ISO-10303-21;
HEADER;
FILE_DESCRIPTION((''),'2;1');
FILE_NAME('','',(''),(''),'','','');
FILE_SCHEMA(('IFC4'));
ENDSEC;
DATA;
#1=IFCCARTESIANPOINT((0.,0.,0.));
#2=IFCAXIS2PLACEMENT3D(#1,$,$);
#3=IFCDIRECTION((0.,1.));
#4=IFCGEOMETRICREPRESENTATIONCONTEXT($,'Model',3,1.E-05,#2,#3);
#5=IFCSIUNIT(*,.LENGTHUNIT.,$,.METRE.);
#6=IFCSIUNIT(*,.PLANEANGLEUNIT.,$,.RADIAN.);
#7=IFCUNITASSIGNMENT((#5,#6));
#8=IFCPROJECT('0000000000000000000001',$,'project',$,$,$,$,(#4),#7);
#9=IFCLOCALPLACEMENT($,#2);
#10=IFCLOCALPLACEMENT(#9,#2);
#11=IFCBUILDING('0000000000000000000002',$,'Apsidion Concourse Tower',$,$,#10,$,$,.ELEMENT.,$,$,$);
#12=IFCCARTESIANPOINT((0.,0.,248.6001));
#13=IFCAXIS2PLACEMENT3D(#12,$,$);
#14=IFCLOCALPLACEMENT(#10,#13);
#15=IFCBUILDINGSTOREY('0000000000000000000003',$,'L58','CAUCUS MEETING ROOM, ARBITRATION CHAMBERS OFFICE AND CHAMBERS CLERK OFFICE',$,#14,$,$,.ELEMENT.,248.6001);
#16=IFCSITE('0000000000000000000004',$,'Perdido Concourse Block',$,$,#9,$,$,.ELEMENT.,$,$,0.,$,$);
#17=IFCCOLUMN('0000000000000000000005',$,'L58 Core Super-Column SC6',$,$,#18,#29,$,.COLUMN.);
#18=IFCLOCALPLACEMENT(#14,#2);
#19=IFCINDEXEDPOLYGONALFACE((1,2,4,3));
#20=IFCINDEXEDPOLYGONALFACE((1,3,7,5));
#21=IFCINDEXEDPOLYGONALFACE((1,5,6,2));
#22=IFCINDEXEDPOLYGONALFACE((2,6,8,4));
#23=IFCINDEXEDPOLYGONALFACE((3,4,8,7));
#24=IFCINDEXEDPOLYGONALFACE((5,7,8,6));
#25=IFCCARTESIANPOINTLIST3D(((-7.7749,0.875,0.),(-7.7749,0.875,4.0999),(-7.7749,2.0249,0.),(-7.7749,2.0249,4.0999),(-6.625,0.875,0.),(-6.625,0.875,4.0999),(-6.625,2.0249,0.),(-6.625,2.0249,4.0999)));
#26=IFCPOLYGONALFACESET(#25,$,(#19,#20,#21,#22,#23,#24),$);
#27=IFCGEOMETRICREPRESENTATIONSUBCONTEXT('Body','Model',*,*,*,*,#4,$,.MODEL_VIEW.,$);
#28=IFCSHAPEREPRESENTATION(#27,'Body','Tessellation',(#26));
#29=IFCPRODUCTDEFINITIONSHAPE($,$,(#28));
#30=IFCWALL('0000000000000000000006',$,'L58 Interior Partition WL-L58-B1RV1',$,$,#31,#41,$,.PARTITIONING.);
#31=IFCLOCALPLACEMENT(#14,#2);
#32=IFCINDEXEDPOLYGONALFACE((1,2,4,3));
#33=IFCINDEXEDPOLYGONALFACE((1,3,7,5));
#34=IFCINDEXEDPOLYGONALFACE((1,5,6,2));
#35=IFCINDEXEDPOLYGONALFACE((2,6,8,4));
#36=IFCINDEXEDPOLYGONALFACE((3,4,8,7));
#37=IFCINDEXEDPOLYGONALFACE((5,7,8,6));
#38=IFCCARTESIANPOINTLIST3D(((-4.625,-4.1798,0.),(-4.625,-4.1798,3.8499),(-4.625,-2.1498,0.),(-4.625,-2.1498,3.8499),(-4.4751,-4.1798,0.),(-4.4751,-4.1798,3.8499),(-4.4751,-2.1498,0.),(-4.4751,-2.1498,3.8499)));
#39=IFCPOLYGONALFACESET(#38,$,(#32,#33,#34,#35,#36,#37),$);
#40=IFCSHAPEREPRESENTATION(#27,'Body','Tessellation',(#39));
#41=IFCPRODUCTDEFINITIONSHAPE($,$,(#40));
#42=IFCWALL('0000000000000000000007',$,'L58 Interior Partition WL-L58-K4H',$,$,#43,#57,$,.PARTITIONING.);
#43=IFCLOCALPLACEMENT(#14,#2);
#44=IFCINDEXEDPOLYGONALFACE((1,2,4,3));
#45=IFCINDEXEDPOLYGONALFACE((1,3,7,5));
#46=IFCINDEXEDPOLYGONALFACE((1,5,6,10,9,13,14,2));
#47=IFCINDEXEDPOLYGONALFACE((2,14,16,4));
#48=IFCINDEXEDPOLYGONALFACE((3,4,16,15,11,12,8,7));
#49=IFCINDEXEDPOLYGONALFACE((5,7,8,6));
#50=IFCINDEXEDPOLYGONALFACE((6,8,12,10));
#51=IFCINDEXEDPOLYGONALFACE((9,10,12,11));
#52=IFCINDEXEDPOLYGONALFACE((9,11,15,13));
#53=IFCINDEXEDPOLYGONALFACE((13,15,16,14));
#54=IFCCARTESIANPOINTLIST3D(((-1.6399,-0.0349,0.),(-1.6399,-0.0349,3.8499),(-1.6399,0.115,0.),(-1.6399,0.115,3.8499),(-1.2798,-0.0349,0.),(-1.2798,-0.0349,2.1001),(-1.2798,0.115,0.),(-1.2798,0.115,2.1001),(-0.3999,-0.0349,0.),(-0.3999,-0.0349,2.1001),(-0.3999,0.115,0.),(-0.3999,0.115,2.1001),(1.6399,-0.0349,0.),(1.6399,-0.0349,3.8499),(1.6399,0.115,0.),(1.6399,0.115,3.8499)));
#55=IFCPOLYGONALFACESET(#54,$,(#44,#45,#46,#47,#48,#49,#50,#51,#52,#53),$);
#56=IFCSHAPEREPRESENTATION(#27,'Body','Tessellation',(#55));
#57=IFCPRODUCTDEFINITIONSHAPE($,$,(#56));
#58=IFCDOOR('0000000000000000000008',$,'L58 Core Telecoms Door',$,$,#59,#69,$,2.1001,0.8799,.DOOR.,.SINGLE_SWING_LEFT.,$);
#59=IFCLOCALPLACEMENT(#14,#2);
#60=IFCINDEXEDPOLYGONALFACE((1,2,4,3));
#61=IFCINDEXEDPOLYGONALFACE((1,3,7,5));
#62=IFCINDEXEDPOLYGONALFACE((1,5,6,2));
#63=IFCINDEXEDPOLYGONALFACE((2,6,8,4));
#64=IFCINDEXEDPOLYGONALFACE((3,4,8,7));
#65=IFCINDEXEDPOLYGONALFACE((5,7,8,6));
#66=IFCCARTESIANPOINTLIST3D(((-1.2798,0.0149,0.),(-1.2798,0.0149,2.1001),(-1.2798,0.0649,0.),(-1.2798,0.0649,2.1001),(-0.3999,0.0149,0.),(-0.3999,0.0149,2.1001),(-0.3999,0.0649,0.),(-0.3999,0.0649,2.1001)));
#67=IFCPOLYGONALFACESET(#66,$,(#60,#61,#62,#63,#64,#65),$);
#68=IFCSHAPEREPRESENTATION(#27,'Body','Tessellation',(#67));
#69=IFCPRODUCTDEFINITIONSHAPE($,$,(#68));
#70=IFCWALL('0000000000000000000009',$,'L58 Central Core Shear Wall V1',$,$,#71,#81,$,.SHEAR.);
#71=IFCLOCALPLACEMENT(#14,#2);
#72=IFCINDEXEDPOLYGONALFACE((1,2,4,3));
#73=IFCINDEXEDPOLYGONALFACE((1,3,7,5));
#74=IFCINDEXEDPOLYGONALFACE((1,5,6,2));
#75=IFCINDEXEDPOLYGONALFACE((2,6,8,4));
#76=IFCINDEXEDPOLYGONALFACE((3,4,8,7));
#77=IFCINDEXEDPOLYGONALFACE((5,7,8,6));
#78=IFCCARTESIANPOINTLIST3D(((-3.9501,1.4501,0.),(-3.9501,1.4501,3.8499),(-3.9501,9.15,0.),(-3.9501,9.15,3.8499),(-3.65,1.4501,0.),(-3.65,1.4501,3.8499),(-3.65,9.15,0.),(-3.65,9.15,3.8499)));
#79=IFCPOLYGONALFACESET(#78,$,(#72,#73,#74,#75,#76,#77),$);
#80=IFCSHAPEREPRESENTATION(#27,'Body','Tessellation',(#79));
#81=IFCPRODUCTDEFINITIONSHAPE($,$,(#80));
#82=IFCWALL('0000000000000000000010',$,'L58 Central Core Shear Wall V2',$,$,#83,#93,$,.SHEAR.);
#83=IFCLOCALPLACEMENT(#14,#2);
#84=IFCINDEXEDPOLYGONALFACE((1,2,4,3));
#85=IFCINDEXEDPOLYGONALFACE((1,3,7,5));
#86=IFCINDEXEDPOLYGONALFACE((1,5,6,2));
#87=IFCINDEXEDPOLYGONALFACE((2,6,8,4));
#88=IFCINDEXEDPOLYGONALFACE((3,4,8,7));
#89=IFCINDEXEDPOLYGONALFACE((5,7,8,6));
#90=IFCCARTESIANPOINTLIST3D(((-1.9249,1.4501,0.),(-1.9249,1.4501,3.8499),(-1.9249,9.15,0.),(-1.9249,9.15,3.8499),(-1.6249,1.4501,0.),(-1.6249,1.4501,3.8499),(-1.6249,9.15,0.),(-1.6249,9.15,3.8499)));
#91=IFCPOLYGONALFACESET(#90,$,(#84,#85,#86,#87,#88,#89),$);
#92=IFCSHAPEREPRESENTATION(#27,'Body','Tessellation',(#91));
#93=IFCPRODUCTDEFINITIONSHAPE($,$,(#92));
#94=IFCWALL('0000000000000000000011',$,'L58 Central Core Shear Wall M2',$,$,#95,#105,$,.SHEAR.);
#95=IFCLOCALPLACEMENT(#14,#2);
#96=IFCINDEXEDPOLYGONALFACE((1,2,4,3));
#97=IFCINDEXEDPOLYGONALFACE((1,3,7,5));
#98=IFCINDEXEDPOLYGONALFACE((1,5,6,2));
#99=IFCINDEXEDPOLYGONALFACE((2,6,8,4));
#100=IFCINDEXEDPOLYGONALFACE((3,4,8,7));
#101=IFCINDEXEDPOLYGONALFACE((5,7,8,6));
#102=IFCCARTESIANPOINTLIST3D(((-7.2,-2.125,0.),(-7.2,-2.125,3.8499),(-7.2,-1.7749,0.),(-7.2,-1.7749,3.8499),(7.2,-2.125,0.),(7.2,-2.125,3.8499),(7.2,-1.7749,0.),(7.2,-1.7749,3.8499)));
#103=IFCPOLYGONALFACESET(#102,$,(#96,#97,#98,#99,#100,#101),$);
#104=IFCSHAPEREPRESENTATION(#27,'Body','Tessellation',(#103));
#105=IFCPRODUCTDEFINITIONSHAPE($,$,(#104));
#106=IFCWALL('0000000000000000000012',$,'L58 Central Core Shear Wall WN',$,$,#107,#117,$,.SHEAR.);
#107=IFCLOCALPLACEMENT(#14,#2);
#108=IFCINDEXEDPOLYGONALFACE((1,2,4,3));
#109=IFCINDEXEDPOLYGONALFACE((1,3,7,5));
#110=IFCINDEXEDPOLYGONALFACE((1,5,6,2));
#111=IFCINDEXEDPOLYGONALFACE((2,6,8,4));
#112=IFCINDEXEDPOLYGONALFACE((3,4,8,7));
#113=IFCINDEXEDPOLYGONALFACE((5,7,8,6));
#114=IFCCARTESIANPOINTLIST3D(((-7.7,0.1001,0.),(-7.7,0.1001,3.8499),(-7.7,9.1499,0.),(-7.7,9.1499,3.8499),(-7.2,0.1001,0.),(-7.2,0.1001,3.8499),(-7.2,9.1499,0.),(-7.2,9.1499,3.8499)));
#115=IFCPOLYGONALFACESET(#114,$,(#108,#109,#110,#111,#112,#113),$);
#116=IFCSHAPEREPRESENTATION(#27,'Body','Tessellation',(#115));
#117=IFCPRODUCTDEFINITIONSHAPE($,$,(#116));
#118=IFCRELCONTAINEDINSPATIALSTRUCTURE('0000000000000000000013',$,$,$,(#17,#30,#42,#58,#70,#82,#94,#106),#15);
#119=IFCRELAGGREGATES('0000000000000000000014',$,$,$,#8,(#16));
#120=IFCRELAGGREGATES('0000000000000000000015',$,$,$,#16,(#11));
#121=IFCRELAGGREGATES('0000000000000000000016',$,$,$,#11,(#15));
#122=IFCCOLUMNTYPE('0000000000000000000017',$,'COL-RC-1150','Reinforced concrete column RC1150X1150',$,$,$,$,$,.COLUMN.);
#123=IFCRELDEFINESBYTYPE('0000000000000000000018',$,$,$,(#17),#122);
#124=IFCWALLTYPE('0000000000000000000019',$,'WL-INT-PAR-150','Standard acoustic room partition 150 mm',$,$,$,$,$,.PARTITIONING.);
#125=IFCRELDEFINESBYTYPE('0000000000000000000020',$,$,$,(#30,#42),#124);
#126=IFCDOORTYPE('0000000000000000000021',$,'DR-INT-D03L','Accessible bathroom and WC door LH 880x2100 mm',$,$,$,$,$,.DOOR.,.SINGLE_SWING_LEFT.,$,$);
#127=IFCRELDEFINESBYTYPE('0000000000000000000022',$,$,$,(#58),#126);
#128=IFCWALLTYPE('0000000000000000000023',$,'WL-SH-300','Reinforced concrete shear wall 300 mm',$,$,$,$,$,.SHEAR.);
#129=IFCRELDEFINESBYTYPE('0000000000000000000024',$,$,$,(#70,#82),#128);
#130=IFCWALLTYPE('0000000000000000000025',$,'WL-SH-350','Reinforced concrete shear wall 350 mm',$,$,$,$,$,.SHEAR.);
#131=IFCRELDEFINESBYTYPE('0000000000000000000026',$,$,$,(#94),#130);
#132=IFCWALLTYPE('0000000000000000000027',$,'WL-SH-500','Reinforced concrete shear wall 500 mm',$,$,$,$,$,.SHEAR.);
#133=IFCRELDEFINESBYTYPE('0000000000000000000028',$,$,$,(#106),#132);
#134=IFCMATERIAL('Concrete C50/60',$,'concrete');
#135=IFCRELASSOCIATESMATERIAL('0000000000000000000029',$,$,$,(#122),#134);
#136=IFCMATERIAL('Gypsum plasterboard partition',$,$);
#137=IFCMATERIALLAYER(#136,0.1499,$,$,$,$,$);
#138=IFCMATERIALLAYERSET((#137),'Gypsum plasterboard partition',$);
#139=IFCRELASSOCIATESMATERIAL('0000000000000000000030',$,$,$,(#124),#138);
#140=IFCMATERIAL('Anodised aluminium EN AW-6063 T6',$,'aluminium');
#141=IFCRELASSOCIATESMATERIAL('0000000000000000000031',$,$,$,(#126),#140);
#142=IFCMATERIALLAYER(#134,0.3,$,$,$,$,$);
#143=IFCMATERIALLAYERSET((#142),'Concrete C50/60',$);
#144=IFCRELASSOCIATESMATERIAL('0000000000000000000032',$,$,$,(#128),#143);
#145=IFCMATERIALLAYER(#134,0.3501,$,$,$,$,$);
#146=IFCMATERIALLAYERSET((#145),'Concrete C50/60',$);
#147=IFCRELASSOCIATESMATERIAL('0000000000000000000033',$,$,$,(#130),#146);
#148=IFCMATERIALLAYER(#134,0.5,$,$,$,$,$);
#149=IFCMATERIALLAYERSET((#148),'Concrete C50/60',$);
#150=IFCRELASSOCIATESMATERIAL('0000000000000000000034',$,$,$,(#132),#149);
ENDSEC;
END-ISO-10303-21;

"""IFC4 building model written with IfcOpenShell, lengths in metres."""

from ifc_helpers import new_model, si_unit, direction, frame, frame_2d, origin, origin_2d, place, context, subcontext, project, spatial, rectangle, extrude, material, layer, layer_set, material_profile, profile_set, type_object, element, fill, save


model = new_model("IFC4")

# Units and contexts
model_context = context("Model", 3, precision=1e-05, world=origin(), true_north=direction((0.0, 1.0)))
body_context = subcontext(model_context, "Body", "Model", "MODEL_VIEW")
ifc_project = project(units=[si_unit("LENGTHUNIT", "METRE"), si_unit("PLANEANGLEUNIT", "RADIAN")], contexts=[model_context])

# Site, building, storey
site_placement = place(None, origin())
site = spatial("IfcSite", under=ifc_project, at=site_placement, Name="Perdido Concourse Block", CompositionType="ELEMENT", RefElevation=0.0)
building_placement = place(site_placement, origin())
building = spatial("IfcBuilding", under=site, at=building_placement, Name="Apsidion Concourse Tower", CompositionType="ELEMENT")
storey_placement = place(building_placement, frame((0.0, 0.0, 248.6001)))
storey = spatial("IfcBuildingStorey", under=building, at=storey_placement, Name="L58", Description="CAUCUS MEETING ROOM, ARBITRATION CHAMBERS OFFICE AND CHAMBERS CLERK OFFICE", CompositionType="ELEMENT", Elevation=248.6001)

# Column
ifc_material_1 = material(Name="Concrete C50/60", Category="concrete")
ifc_material_profile = material_profile(ifc_material_1, rectangle(XDim=1.1499, YDim=1.1499, at=origin_2d()), Name="RC 1150x1150")
ifc_profile_set = profile_set([ifc_material_profile], Name="Concrete C50/60")
column_type = type_object("IfcColumnType", Name="COL-RC-1150", Description="Reinforced concrete column RC1150X1150", PredefinedType="COLUMN", material=ifc_profile_set)
column_placement = place(storey_placement, frame((-7.2, 1.45, 0.0), z_axis=(0.0, 0.0, 1.0), x_axis=(1.0, 0.0, 0.0)))
element("IfcColumn", 1, at=column_placement, inside=storey, type_object=column_type, Name="L58 Core Super-Column SC6", PredefinedType="COLUMN", context=body_context, shape_type="SweptSolid", body=[
    extrude(rectangle(XDim=1.1499, YDim=1.1499, at=origin_2d()), origin(), (0.0, 0.0, 1.0), 4.0999),
])

# Wall
ifc_material_2 = material(Name="Gypsum plasterboard partition")
ifc_layer_1 = layer(ifc_material_2, 0.1499)
ifc_layer_set_1 = layer_set([ifc_layer_1], Name="Gypsum plasterboard partition")
wall_type_1 = type_object("IfcWallType", Name="WL-INT-PAR-150", Description="Standard acoustic room partition 150 mm", PredefinedType="PARTITIONING", material=ifc_layer_set_1)
wall_1_placement = place(storey_placement, frame((-4.55, -4.1799, 0.0), z_axis=(0.0, 0.0, 1.0), x_axis=(0.0, 1.0, 0.0)))
element("IfcWall", 2, at=wall_1_placement, inside=storey, type_object=wall_type_1, Name="L58 Interior Partition WL-L58-B1RV1", PredefinedType="PARTITIONING", context=body_context, shape_type="SweptSolid", body=[
    extrude(rectangle(XDim=2.03, YDim=0.1499, at=frame_2d((1.0151, 0.0))), origin(), (0.0, 0.0, 1.0), 3.8499),
])

# Wall, opening, door
wall_2_placement = place(storey_placement, frame((-1.6399, 0.04, 0.0), z_axis=(0.0, 0.0, 1.0), x_axis=(1.0, 0.0, 0.0)))
wall_2 = element("IfcWall", 3, at=wall_2_placement, inside=storey, type_object=wall_type_1, Name="L58 Interior Partition WL-L58-K4H", PredefinedType="PARTITIONING", context=body_context, shape_type="SweptSolid", body=[
    extrude(rectangle(XDim=3.2798, YDim=0.1499, at=frame_2d((1.6399, 0.0))), origin(), (0.0, 0.0, 1.0), 3.8499),
])
opening_1_placement = place(wall_2_placement, frame((0.3601, 0.0, 0.0)))
opening_1 = element("IfcOpeningElement", 4, at=opening_1_placement, cuts=wall_2, PredefinedType="OPENING", context=body_context, shape_type="SweptSolid", body=[
    extrude(rectangle(XDim=0.8799, YDim=2.1001, at=frame_2d((0.4399, 1.05))), frame((0.0, 0.085, 0.0), z_axis=(0.0, -1.0, 0.0), x_axis=(1.0, 0.0, 0.0)), (0.0, 0.0, 1.0), 0.1699),
])
ifc_material_3 = material(Name="Anodised aluminium EN AW-6063 T6", Category="aluminium")
door_type_1 = type_object("IfcDoorType", Name="DR-INT-D03L", Description="Accessible bathroom and WC door LH 880x2100 mm", OperationType="SINGLE_SWING_LEFT", PredefinedType="DOOR", material=ifc_material_3)
door_1_placement = place(opening_1_placement, origin())
door_1 = element("IfcDoor", 5, at=door_1_placement, inside=storey, type_object=door_type_1, Name="L58 Core Telecoms Door", OperationType="SINGLE_SWING_LEFT", OverallHeight=2.1001, OverallWidth=0.8799, PredefinedType="DOOR", context=body_context, shape_type="SweptSolid", body=[
    extrude(rectangle(XDim=0.8799, YDim=2.1001, at=frame_2d((0.4399, 1.05))), frame((0.0, 0.0249, 0.0), z_axis=(0.0, -1.0, 0.0), x_axis=(1.0, 0.0, 0.0)), (0.0, 0.0, 1.0), 0.05),
])
fill(opening_1, door_1)

# Walls
ifc_layer_2 = layer(ifc_material_1, 0.3)
ifc_layer_set_2 = layer_set([ifc_layer_2], Name="Concrete C50/60")
wall_type_2 = type_object("IfcWallType", Name="WL-SH-300", Description="Reinforced concrete shear wall 300 mm", PredefinedType="SHEAR", material=ifc_layer_set_2)
for number, where, z_axis, x_axis, name in (
    (6, (-3.8, 1.45, 0.0), (0.0, 0.0, 1.0), (0.0, 1.0, 0.0), "L58 Central Core Shear Wall V1"),
    (7, (-1.7749, 1.45, 0.0), (0.0, 0.0, 1.0), (0.0, 1.0, 0.0), "L58 Central Core Shear Wall V2"),
):
    element("IfcWall", number, at=place(storey_placement, frame(where, z_axis=z_axis, x_axis=x_axis)), inside=storey, type_object=wall_type_2, Name=name, PredefinedType="SHEAR", context=body_context, shape_type="SweptSolid", body=[
        extrude(rectangle(XDim=7.7, YDim=0.3, at=frame_2d((3.8501, 0.0))), origin(), (0.0, 0.0, 1.0), 3.8499),
    ])

# Shared definitions
ifc_layer_3 = layer(ifc_material_1, 0.3501)
ifc_layer_set_3 = layer_set([ifc_layer_3], Name="Concrete C50/60")
wall_type_3 = type_object("IfcWallType", Name="WL-SH-350", Description="Reinforced concrete shear wall 350 mm", PredefinedType="SHEAR", material=ifc_layer_set_3)

# Wall
wall_3_placement = place(storey_placement, frame((-7.2, -1.95, 0.0), z_axis=(0.0, 0.0, 1.0), x_axis=(1.0, 0.0, 0.0)))
element("IfcWall", 8, at=wall_3_placement, inside=storey, type_object=wall_type_3, Name="L58 Central Core Shear Wall M2", PredefinedType="SHEAR", context=body_context, shape_type="SweptSolid", body=[
    extrude(rectangle(XDim=14.3999, YDim=0.3501, at=frame_2d((7.2, 0.0))), origin(), (0.0, 0.0, 1.0), 3.8499),
])

# Wall
ifc_layer_4 = layer(ifc_material_1, 0.5)
ifc_layer_set_4 = layer_set([ifc_layer_4], Name="Concrete C50/60")
wall_type_4 = type_object("IfcWallType", Name="WL-SH-500", Description="Reinforced concrete shear wall 500 mm", PredefinedType="SHEAR", material=ifc_layer_set_4)
wall_4_placement = place(storey_placement, frame((-7.45, 0.1001, 0.0), z_axis=(0.0, 0.0, 1.0), x_axis=(0.0, 1.0, 0.0)))
element("IfcWall", 9, at=wall_4_placement, inside=storey, type_object=wall_type_4, Name="L58 Central Core Shear Wall WN", PredefinedType="SHEAR", context=body_context, shape_type="SweptSolid", body=[
    extrude(rectangle(XDim=9.0498, YDim=0.5, at=frame_2d((4.5249, 0.0))), origin(), (0.0, 0.0, 1.0), 3.8499),
])

save(model, "model.ifc")
